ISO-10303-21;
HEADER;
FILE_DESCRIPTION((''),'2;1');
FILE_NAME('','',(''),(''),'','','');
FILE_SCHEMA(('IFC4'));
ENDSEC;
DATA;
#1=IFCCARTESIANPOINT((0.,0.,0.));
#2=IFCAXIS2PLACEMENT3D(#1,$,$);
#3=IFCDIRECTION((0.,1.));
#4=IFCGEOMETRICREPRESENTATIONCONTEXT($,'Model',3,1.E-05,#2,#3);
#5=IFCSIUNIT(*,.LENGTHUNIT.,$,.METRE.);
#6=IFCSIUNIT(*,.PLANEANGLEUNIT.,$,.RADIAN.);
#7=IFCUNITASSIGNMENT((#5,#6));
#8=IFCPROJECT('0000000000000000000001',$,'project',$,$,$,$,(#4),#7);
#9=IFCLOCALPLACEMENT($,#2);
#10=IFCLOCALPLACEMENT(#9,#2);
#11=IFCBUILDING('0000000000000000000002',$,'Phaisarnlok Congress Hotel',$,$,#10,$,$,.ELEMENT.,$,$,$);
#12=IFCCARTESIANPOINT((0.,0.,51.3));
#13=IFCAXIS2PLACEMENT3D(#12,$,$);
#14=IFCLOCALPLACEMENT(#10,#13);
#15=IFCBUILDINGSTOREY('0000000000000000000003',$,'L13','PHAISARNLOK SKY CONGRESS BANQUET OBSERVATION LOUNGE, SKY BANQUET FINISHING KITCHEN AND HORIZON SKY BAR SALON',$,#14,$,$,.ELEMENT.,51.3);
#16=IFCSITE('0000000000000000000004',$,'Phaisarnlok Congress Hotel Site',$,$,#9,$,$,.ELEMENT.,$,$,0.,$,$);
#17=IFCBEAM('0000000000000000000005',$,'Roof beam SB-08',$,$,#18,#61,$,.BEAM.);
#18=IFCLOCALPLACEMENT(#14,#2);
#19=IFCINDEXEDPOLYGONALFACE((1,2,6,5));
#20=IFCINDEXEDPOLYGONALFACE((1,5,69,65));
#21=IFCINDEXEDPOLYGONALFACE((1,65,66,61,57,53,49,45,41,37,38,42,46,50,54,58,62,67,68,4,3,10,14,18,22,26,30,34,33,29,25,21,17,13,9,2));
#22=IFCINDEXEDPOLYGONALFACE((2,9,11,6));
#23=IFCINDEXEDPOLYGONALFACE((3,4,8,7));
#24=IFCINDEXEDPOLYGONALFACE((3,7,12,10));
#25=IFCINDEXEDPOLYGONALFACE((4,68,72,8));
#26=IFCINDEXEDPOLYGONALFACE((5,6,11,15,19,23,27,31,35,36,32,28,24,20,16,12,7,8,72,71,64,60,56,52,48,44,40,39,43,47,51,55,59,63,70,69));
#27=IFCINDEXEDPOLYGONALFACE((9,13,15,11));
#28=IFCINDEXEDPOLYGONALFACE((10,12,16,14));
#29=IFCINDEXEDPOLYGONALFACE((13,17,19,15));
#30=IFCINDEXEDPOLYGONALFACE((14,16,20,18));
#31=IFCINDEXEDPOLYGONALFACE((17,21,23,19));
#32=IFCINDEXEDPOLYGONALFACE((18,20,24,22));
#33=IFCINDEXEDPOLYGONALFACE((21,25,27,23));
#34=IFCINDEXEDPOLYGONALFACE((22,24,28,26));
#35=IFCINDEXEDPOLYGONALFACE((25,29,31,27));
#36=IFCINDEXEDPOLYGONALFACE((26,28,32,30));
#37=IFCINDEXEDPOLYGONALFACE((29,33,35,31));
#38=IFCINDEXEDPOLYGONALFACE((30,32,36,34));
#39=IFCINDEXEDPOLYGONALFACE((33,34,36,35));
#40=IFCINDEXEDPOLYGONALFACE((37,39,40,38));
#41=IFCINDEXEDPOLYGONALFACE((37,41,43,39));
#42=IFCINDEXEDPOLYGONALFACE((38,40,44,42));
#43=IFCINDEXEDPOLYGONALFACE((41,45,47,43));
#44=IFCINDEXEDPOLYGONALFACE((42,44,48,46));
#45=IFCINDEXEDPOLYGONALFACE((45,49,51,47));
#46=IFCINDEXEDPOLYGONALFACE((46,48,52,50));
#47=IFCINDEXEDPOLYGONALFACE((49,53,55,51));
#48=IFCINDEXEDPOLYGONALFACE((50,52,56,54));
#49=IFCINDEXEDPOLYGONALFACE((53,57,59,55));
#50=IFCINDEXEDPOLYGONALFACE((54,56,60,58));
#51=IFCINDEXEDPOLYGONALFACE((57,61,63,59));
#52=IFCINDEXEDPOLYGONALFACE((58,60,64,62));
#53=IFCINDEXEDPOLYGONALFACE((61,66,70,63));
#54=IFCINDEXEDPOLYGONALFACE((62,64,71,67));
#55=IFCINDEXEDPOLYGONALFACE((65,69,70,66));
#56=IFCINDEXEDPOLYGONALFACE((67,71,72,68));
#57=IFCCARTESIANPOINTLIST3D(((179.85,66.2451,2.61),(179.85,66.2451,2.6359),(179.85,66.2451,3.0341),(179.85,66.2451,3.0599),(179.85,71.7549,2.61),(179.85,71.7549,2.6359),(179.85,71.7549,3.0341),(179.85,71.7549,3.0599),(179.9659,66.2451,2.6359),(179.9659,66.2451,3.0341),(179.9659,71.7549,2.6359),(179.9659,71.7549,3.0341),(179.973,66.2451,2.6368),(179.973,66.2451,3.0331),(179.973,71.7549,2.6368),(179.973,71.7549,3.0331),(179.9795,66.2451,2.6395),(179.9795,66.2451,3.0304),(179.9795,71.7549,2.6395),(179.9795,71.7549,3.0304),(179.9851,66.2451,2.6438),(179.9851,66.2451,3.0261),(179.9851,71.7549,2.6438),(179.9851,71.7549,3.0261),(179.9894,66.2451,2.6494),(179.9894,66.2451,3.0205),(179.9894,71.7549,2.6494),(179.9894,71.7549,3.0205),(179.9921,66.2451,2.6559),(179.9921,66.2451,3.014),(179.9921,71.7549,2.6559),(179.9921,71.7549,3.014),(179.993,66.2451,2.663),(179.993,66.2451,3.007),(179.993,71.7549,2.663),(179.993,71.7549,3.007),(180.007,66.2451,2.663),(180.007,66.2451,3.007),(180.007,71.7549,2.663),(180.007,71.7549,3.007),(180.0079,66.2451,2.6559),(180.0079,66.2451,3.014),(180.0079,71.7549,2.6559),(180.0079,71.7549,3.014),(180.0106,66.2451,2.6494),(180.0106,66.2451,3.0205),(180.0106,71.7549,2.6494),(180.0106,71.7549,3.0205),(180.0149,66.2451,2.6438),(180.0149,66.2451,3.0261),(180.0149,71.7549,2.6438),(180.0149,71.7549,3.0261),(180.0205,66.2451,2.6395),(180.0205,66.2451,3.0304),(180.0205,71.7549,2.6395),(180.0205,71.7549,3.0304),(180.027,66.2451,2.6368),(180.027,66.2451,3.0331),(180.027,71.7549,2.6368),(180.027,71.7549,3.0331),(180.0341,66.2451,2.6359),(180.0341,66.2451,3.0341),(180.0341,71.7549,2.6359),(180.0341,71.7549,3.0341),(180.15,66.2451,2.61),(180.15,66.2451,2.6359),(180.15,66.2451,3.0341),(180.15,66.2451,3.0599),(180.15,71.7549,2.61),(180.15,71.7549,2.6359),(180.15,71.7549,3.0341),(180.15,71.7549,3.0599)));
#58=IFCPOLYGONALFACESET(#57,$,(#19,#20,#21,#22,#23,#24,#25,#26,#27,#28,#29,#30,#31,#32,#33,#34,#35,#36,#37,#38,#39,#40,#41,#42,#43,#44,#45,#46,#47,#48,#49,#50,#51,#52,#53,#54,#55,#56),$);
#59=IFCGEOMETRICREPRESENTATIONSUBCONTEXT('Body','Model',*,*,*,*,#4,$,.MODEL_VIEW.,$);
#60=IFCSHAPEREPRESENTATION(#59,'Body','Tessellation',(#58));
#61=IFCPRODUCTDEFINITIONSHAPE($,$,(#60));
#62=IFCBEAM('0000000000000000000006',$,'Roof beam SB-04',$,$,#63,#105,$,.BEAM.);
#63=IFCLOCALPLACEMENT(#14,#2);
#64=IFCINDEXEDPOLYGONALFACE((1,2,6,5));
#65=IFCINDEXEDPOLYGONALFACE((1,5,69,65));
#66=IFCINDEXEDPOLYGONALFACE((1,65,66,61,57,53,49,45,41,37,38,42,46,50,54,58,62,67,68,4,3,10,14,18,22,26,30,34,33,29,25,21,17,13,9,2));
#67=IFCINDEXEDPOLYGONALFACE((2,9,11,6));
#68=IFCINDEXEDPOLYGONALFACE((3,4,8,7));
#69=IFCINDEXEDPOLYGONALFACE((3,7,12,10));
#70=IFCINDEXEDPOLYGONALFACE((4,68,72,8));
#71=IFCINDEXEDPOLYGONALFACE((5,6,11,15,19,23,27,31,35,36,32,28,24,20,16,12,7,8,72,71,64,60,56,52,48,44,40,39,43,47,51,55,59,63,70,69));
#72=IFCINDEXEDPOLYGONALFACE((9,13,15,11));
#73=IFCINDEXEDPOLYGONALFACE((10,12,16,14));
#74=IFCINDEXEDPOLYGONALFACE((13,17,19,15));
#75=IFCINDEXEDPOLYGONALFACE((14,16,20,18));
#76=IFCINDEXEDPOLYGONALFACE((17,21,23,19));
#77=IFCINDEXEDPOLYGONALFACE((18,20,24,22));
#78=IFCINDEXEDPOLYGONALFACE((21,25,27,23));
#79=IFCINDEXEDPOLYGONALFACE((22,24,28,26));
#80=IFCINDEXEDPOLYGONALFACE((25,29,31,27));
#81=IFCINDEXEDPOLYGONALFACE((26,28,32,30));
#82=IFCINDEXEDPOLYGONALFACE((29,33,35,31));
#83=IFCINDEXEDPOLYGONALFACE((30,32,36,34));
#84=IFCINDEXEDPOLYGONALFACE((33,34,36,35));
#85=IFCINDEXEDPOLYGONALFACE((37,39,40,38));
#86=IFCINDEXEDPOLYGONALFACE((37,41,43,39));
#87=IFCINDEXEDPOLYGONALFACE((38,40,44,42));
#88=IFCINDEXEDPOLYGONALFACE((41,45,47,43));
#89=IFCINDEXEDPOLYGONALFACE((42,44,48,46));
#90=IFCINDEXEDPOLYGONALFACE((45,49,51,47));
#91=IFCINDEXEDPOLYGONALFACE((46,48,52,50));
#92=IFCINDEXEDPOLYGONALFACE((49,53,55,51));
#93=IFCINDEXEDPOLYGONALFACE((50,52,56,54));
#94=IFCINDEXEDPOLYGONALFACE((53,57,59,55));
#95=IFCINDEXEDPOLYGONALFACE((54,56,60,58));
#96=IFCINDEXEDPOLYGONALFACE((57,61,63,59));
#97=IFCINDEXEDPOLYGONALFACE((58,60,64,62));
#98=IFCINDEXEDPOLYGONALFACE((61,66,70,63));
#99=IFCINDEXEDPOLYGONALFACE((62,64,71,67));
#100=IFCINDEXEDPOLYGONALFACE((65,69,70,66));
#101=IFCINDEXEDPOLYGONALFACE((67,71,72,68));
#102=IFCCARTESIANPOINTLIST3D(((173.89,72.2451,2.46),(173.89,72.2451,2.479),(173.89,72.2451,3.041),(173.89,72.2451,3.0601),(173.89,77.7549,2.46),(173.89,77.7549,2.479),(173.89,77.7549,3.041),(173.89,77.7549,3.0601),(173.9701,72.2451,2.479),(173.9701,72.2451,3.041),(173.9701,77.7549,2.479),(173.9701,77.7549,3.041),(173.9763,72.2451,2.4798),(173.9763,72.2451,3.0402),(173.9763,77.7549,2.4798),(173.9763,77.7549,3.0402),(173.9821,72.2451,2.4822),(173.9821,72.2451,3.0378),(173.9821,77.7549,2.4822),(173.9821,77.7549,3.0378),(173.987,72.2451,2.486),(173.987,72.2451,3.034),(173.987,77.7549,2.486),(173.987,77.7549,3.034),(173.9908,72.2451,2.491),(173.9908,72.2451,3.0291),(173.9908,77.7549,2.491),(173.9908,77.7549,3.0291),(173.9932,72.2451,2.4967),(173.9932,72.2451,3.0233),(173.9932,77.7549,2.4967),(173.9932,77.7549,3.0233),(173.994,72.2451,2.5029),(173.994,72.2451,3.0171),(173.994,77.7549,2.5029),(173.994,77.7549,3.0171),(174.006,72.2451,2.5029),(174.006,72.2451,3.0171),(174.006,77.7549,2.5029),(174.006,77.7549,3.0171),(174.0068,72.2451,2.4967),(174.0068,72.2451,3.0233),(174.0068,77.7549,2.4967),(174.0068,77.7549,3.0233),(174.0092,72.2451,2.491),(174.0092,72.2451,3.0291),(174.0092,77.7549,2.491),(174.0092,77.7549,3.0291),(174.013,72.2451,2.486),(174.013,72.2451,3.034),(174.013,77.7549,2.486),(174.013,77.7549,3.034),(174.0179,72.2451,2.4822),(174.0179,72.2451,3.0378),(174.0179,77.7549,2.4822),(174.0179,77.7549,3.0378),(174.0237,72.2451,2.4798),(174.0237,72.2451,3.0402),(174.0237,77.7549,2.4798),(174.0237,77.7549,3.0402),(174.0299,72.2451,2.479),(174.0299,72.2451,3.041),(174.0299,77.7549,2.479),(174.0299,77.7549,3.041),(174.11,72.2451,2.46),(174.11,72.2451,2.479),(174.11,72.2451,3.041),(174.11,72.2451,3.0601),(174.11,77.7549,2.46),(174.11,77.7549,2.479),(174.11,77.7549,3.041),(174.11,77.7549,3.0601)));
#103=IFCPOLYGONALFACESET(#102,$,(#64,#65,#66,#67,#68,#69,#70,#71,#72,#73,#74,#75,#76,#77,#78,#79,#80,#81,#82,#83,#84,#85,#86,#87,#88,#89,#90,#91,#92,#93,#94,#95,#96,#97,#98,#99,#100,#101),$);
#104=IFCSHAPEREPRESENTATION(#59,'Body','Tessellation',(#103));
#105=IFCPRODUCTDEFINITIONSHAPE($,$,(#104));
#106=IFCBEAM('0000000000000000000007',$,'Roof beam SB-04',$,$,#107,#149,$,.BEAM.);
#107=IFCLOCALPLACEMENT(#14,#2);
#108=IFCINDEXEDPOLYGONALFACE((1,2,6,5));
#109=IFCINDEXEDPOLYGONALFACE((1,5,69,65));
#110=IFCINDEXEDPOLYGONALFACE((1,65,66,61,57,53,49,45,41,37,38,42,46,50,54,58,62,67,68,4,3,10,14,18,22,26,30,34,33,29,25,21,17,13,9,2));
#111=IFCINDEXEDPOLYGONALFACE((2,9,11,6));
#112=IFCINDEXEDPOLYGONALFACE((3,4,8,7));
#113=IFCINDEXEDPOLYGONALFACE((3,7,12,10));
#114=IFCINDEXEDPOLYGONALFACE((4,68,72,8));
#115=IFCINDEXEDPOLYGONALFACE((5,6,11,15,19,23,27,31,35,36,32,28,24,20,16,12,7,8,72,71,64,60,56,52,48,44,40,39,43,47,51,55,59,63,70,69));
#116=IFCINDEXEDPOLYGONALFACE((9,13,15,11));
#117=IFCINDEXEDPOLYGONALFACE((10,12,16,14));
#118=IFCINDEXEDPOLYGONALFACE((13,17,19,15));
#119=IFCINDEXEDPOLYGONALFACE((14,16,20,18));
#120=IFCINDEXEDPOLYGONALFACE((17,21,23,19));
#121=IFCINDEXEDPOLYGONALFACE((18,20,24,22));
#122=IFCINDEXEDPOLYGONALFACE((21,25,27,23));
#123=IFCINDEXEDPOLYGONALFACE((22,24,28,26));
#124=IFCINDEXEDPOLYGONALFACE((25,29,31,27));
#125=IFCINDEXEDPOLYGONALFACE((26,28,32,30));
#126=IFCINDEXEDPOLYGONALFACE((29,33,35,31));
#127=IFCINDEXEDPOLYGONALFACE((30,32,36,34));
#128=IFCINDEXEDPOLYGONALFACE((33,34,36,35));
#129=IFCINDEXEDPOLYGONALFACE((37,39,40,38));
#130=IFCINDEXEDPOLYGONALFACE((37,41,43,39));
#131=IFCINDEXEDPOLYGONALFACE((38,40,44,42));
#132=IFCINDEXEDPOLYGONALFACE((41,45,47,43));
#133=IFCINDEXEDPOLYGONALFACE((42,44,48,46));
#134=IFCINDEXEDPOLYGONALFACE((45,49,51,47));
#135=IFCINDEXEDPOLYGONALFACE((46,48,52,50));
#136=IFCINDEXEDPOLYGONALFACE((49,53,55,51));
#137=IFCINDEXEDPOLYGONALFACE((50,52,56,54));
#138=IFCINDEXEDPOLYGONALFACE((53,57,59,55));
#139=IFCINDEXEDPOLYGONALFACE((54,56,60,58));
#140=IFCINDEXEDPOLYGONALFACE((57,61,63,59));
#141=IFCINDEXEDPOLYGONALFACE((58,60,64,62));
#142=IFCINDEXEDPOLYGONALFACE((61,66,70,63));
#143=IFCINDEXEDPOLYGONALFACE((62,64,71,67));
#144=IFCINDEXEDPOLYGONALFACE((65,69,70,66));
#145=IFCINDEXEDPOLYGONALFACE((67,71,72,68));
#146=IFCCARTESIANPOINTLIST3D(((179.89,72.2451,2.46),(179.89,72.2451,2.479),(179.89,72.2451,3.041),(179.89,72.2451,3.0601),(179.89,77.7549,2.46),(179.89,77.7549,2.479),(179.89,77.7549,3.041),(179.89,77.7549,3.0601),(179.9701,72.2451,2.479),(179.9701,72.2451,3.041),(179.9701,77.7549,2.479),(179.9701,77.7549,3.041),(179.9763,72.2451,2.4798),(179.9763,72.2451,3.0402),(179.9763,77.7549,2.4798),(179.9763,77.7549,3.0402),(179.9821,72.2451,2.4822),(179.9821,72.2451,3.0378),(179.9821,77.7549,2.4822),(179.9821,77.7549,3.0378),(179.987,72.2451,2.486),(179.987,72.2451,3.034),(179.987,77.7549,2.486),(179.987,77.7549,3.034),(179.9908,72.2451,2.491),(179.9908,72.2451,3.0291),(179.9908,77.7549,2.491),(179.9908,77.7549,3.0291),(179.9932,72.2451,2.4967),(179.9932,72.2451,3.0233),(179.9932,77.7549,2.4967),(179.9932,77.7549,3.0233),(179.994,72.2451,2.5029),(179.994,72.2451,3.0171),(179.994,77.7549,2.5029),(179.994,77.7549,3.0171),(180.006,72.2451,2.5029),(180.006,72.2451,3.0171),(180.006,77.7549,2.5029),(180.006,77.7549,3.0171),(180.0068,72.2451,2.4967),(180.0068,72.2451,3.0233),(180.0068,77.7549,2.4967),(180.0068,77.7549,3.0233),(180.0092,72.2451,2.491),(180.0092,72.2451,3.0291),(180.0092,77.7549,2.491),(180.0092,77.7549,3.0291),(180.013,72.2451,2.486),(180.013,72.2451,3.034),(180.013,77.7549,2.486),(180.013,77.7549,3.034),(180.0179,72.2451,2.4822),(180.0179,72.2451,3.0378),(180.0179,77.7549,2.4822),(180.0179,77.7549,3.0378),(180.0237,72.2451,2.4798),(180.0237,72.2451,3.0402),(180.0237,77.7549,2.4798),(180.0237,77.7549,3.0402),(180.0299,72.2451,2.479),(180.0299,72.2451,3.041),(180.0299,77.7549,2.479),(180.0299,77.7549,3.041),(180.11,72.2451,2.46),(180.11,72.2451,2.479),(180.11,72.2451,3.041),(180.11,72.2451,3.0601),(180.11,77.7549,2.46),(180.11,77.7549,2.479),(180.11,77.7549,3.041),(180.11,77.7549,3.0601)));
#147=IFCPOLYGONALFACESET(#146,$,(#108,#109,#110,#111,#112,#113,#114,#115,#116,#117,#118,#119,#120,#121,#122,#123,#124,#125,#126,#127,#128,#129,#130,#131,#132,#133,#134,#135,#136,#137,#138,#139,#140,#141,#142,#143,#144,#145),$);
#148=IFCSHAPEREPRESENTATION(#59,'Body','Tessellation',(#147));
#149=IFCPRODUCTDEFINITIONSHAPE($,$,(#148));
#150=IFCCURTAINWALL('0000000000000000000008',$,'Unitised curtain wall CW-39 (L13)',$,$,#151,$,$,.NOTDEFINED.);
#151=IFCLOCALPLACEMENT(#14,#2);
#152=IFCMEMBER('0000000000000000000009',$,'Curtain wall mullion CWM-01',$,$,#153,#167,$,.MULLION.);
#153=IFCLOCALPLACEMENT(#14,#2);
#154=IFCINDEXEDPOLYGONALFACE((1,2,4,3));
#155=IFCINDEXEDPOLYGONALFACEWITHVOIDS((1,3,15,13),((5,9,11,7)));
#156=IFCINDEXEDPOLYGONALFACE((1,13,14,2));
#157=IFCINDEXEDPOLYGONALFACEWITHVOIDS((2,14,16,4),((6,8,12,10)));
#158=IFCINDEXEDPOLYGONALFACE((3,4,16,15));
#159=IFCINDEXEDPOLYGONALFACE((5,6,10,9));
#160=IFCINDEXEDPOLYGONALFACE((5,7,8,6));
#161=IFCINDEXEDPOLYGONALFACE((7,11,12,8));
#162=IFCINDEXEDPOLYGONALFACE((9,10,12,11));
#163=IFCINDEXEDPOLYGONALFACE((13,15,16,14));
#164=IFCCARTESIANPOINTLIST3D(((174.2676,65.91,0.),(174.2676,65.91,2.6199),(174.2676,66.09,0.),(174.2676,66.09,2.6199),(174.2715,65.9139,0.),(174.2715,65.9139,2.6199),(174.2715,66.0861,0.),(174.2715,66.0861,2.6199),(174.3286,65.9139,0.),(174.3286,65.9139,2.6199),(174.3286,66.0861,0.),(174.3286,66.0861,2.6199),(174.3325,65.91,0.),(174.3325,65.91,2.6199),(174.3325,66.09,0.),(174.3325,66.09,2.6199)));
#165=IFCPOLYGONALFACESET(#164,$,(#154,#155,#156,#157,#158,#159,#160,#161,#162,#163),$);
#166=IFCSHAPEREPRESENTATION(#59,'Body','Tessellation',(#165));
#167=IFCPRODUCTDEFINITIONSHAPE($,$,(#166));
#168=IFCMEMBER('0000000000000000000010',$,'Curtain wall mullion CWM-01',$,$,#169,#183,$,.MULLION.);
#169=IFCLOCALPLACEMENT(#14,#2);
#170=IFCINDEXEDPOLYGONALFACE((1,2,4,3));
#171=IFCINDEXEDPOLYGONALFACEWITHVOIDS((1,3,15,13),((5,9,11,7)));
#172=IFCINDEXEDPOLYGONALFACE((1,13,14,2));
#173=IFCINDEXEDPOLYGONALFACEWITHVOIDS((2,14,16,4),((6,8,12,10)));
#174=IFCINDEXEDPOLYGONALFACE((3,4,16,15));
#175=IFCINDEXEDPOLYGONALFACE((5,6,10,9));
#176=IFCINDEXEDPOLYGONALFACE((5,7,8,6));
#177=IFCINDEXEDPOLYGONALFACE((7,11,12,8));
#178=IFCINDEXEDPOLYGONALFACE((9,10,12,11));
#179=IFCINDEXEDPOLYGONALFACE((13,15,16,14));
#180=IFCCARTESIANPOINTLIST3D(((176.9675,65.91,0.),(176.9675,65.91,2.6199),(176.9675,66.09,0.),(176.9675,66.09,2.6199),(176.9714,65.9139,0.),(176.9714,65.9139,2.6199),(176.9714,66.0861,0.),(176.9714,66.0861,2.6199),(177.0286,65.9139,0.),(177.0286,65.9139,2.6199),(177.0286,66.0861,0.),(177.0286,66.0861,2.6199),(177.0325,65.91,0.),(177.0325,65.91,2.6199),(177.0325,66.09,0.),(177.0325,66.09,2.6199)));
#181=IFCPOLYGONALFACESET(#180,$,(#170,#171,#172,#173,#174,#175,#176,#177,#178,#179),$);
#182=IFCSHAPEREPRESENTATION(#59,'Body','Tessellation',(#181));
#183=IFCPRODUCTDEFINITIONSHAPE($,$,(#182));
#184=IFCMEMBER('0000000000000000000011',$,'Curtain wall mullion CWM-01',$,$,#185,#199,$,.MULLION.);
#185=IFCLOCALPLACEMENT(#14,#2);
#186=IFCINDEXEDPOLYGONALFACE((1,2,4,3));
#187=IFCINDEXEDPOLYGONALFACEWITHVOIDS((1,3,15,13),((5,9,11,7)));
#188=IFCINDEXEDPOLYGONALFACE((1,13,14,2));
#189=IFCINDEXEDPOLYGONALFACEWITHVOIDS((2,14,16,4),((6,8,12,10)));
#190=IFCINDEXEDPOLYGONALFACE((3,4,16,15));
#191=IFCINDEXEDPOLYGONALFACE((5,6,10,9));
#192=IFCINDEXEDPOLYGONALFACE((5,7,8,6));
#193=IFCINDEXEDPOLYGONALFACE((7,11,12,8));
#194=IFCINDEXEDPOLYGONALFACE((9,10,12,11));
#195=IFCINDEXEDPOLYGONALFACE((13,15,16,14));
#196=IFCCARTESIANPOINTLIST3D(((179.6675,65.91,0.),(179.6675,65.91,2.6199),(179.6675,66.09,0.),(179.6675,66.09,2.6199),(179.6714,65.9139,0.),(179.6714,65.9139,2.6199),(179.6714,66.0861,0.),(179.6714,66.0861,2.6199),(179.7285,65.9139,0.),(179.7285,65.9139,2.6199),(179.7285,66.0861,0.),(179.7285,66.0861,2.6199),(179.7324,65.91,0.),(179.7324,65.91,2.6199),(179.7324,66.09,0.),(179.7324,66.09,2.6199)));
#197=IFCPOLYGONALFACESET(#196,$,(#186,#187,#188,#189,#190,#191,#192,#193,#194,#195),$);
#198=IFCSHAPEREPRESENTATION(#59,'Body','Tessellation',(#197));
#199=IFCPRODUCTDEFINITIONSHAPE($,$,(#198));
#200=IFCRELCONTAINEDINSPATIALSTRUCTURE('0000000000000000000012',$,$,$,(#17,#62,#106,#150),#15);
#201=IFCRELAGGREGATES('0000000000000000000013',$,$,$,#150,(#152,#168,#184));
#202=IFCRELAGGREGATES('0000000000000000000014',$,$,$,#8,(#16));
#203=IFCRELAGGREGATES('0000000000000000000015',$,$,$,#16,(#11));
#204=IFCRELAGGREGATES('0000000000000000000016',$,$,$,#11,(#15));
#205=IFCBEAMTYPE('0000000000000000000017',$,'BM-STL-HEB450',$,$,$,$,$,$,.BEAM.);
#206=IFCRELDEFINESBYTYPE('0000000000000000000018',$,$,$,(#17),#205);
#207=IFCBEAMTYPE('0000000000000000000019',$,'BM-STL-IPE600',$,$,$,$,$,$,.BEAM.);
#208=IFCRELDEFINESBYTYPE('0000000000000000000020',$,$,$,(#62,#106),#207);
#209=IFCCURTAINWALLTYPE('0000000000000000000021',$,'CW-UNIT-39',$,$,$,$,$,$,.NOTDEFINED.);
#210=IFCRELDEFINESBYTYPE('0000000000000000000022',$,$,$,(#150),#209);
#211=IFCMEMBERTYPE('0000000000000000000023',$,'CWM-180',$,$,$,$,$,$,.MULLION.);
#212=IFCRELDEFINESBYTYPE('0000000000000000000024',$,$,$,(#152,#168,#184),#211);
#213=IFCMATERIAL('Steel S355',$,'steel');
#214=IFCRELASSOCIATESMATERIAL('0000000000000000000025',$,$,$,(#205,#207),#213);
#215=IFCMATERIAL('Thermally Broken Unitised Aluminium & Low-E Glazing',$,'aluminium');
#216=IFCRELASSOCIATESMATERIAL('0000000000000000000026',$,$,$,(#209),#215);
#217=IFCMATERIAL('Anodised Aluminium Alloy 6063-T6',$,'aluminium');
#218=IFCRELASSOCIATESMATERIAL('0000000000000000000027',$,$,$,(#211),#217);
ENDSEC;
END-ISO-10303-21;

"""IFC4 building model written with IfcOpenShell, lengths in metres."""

from ifc_helpers import new_model, si_unit, direction, frame, origin, origin_2d, place, context, subcontext, project, spatial, hollow_rectangle, i_section, extrude, material, material_profile, profile_set, type_object, element, aggregate, save


model = new_model("IFC4")

# Units and contexts
model_context = context("Model", 3, precision=1e-05, world=origin(), true_north=direction((0.0, 1.0)))
body_context = subcontext(model_context, "Body", "Model", "MODEL_VIEW")
ifc_project = project(units=[si_unit("LENGTHUNIT", "METRE"), si_unit("PLANEANGLEUNIT", "RADIAN")], contexts=[model_context])

# Site, building, storey
site_placement = place(None, origin())
site = spatial("IfcSite", under=ifc_project, at=site_placement, Name="Phaisarnlok Congress Hotel Site", CompositionType="ELEMENT", RefElevation=0.0)
building_placement = place(site_placement, origin())
building = spatial("IfcBuilding", under=site, at=building_placement, Name="Phaisarnlok Congress Hotel", CompositionType="ELEMENT")
storey_placement = place(building_placement, frame((0.0, 0.0, 51.3)))
storey = spatial("IfcBuildingStorey", under=building, at=storey_placement, Name="L13", Description="PHAISARNLOK SKY CONGRESS BANQUET OBSERVATION LOUNGE, SKY BANQUET FINISHING KITCHEN AND HORIZON SKY BAR SALON", CompositionType="ELEMENT", Elevation=51.3)

# Beams
ifc_material_1 = material(Name="Steel S355", Category="steel")
ifc_material_profile_1 = material_profile(ifc_material_1, i_section(OverallWidth=0.3, OverallDepth=0.45, WebThickness=0.0139, FlangeThickness=0.0259, FilletRadius=0.0271, at=origin_2d()), Name="HEB 450")
ifc_profile_set_1 = profile_set([ifc_material_profile_1], Name="Steel S355")
beam_type_1 = type_object("IfcBeamType", Name="BM-STL-HEB450", PredefinedType="BEAM", material=ifc_profile_set_1)
for number, where, z_axis, x_axis, name in (
    (1, (180.0, 66.2451, 2.835), (0.0, 1.0, 0.0), (-1.0, 0.0, 0.0), "Roof beam SB-08"),
):
    element("IfcBeam", number, at=place(storey_placement, frame(where, z_axis=z_axis, x_axis=x_axis)), inside=storey, type_object=beam_type_1, Name=name, PredefinedType="BEAM", context=body_context, shape_type="SweptSolid", body=[
        extrude(i_section(OverallWidth=0.3, OverallDepth=0.45, WebThickness=0.0139, FlangeThickness=0.0259, FilletRadius=0.0271, at=origin_2d()), origin(), (0.0, 0.0, 1.0), 5.5098),
    ])
ifc_material_profile_2 = material_profile(ifc_material_1, i_section(OverallWidth=0.22, OverallDepth=0.6001, WebThickness=0.012, FlangeThickness=0.019, FilletRadius=0.0239, at=origin_2d()), Name="IPE 600")
ifc_profile_set_2 = profile_set([ifc_material_profile_2], Name="Steel S355")
beam_type_2 = type_object("IfcBeamType", Name="BM-STL-IPE600", PredefinedType="BEAM", material=ifc_profile_set_2)
for number, where, z_axis, x_axis, name in (
    (2, (174.0, 72.2451, 2.76), (0.0, 1.0, 0.0), (-1.0, 0.0, 0.0), "Roof beam SB-04"),
    (3, (180.0, 72.2451, 2.76), (0.0, 1.0, 0.0), (-1.0, 0.0, 0.0), "Roof beam SB-04"),
):
    element("IfcBeam", number, at=place(storey_placement, frame(where, z_axis=z_axis, x_axis=x_axis)), inside=storey, type_object=beam_type_2, Name=name, PredefinedType="BEAM", context=body_context, shape_type="SweptSolid", body=[
        extrude(i_section(OverallWidth=0.22, OverallDepth=0.6001, WebThickness=0.012, FlangeThickness=0.019, FilletRadius=0.0239, at=origin_2d()), origin(), (0.0, 0.0, 1.0), 5.5098),
    ])

# Curtain wall, members
ifc_material_2 = material(Name="Thermally Broken Unitised Aluminium & Low-E Glazing", Category="aluminium")
curtain_wall_type = type_object("IfcCurtainWallType", Name="CW-UNIT-39", PredefinedType="NOTDEFINED", material=ifc_material_2)
curtain_wall_placement = place(storey_placement, origin())
curtain_wall = element("IfcCurtainWall", 4, at=curtain_wall_placement, inside=storey, type_object=curtain_wall_type, Name="Unitised curtain wall CW-39 (L13)", PredefinedType="NOTDEFINED")
ifc_material_3 = material(Name="Anodised Aluminium Alloy 6063-T6", Category="aluminium")
ifc_material_profile_3 = material_profile(ifc_material_3, hollow_rectangle(XDim=0.0649, YDim=0.1799, WallThickness=0.0039, at=origin_2d()), Name="ALU-M 65x180x4")
ifc_profile_set_3 = profile_set([ifc_material_profile_3], Name="Anodised Aluminium Alloy 6063-T6")
member_type_1 = type_object("IfcMemberType", Name="CWM-180", PredefinedType="MULLION", material=ifc_profile_set_3)
member_1_placement = place(storey_placement, frame((174.3, 66.0, 0.0), z_axis=(0.0, 0.0, 1.0), x_axis=(1.0, 0.0, 0.0)))
member_1 = element("IfcMember", 5, at=member_1_placement, type_object=member_type_1, Name="Curtain wall mullion CWM-01", PredefinedType="MULLION", context=body_context, shape_type="SweptSolid", body=[
    extrude(hollow_rectangle(XDim=0.0649, YDim=0.1799, WallThickness=0.0039, at=origin_2d()), origin(), (0.0, 0.0, 1.0), 2.6199),
])
member_2_placement = place(storey_placement, frame((177.0, 66.0, 0.0), z_axis=(0.0, 0.0, 1.0), x_axis=(1.0, 0.0, 0.0)))
member_2 = element("IfcMember", 6, at=member_2_placement, type_object=member_type_1, Name="Curtain wall mullion CWM-01", PredefinedType="MULLION", context=body_context, shape_type="SweptSolid", body=[
    extrude(hollow_rectangle(XDim=0.0649, YDim=0.1799, WallThickness=0.0039, at=origin_2d()), origin(), (0.0, 0.0, 1.0), 2.6199),
])
member_3_placement = place(storey_placement, frame((179.7, 66.0, 0.0), z_axis=(0.0, 0.0, 1.0), x_axis=(1.0, 0.0, 0.0)))
member_3 = element("IfcMember", 7, at=member_3_placement, type_object=member_type_1, Name="Curtain wall mullion CWM-01", PredefinedType="MULLION", context=body_context, shape_type="SweptSolid", body=[
    extrude(hollow_rectangle(XDim=0.0649, YDim=0.1799, WallThickness=0.0039, at=origin_2d()), origin(), (0.0, 0.0, 1.0), 2.6199),
])
aggregate(curtain_wall, [member_1, member_2, member_3])

save(model, "model.ifc")
